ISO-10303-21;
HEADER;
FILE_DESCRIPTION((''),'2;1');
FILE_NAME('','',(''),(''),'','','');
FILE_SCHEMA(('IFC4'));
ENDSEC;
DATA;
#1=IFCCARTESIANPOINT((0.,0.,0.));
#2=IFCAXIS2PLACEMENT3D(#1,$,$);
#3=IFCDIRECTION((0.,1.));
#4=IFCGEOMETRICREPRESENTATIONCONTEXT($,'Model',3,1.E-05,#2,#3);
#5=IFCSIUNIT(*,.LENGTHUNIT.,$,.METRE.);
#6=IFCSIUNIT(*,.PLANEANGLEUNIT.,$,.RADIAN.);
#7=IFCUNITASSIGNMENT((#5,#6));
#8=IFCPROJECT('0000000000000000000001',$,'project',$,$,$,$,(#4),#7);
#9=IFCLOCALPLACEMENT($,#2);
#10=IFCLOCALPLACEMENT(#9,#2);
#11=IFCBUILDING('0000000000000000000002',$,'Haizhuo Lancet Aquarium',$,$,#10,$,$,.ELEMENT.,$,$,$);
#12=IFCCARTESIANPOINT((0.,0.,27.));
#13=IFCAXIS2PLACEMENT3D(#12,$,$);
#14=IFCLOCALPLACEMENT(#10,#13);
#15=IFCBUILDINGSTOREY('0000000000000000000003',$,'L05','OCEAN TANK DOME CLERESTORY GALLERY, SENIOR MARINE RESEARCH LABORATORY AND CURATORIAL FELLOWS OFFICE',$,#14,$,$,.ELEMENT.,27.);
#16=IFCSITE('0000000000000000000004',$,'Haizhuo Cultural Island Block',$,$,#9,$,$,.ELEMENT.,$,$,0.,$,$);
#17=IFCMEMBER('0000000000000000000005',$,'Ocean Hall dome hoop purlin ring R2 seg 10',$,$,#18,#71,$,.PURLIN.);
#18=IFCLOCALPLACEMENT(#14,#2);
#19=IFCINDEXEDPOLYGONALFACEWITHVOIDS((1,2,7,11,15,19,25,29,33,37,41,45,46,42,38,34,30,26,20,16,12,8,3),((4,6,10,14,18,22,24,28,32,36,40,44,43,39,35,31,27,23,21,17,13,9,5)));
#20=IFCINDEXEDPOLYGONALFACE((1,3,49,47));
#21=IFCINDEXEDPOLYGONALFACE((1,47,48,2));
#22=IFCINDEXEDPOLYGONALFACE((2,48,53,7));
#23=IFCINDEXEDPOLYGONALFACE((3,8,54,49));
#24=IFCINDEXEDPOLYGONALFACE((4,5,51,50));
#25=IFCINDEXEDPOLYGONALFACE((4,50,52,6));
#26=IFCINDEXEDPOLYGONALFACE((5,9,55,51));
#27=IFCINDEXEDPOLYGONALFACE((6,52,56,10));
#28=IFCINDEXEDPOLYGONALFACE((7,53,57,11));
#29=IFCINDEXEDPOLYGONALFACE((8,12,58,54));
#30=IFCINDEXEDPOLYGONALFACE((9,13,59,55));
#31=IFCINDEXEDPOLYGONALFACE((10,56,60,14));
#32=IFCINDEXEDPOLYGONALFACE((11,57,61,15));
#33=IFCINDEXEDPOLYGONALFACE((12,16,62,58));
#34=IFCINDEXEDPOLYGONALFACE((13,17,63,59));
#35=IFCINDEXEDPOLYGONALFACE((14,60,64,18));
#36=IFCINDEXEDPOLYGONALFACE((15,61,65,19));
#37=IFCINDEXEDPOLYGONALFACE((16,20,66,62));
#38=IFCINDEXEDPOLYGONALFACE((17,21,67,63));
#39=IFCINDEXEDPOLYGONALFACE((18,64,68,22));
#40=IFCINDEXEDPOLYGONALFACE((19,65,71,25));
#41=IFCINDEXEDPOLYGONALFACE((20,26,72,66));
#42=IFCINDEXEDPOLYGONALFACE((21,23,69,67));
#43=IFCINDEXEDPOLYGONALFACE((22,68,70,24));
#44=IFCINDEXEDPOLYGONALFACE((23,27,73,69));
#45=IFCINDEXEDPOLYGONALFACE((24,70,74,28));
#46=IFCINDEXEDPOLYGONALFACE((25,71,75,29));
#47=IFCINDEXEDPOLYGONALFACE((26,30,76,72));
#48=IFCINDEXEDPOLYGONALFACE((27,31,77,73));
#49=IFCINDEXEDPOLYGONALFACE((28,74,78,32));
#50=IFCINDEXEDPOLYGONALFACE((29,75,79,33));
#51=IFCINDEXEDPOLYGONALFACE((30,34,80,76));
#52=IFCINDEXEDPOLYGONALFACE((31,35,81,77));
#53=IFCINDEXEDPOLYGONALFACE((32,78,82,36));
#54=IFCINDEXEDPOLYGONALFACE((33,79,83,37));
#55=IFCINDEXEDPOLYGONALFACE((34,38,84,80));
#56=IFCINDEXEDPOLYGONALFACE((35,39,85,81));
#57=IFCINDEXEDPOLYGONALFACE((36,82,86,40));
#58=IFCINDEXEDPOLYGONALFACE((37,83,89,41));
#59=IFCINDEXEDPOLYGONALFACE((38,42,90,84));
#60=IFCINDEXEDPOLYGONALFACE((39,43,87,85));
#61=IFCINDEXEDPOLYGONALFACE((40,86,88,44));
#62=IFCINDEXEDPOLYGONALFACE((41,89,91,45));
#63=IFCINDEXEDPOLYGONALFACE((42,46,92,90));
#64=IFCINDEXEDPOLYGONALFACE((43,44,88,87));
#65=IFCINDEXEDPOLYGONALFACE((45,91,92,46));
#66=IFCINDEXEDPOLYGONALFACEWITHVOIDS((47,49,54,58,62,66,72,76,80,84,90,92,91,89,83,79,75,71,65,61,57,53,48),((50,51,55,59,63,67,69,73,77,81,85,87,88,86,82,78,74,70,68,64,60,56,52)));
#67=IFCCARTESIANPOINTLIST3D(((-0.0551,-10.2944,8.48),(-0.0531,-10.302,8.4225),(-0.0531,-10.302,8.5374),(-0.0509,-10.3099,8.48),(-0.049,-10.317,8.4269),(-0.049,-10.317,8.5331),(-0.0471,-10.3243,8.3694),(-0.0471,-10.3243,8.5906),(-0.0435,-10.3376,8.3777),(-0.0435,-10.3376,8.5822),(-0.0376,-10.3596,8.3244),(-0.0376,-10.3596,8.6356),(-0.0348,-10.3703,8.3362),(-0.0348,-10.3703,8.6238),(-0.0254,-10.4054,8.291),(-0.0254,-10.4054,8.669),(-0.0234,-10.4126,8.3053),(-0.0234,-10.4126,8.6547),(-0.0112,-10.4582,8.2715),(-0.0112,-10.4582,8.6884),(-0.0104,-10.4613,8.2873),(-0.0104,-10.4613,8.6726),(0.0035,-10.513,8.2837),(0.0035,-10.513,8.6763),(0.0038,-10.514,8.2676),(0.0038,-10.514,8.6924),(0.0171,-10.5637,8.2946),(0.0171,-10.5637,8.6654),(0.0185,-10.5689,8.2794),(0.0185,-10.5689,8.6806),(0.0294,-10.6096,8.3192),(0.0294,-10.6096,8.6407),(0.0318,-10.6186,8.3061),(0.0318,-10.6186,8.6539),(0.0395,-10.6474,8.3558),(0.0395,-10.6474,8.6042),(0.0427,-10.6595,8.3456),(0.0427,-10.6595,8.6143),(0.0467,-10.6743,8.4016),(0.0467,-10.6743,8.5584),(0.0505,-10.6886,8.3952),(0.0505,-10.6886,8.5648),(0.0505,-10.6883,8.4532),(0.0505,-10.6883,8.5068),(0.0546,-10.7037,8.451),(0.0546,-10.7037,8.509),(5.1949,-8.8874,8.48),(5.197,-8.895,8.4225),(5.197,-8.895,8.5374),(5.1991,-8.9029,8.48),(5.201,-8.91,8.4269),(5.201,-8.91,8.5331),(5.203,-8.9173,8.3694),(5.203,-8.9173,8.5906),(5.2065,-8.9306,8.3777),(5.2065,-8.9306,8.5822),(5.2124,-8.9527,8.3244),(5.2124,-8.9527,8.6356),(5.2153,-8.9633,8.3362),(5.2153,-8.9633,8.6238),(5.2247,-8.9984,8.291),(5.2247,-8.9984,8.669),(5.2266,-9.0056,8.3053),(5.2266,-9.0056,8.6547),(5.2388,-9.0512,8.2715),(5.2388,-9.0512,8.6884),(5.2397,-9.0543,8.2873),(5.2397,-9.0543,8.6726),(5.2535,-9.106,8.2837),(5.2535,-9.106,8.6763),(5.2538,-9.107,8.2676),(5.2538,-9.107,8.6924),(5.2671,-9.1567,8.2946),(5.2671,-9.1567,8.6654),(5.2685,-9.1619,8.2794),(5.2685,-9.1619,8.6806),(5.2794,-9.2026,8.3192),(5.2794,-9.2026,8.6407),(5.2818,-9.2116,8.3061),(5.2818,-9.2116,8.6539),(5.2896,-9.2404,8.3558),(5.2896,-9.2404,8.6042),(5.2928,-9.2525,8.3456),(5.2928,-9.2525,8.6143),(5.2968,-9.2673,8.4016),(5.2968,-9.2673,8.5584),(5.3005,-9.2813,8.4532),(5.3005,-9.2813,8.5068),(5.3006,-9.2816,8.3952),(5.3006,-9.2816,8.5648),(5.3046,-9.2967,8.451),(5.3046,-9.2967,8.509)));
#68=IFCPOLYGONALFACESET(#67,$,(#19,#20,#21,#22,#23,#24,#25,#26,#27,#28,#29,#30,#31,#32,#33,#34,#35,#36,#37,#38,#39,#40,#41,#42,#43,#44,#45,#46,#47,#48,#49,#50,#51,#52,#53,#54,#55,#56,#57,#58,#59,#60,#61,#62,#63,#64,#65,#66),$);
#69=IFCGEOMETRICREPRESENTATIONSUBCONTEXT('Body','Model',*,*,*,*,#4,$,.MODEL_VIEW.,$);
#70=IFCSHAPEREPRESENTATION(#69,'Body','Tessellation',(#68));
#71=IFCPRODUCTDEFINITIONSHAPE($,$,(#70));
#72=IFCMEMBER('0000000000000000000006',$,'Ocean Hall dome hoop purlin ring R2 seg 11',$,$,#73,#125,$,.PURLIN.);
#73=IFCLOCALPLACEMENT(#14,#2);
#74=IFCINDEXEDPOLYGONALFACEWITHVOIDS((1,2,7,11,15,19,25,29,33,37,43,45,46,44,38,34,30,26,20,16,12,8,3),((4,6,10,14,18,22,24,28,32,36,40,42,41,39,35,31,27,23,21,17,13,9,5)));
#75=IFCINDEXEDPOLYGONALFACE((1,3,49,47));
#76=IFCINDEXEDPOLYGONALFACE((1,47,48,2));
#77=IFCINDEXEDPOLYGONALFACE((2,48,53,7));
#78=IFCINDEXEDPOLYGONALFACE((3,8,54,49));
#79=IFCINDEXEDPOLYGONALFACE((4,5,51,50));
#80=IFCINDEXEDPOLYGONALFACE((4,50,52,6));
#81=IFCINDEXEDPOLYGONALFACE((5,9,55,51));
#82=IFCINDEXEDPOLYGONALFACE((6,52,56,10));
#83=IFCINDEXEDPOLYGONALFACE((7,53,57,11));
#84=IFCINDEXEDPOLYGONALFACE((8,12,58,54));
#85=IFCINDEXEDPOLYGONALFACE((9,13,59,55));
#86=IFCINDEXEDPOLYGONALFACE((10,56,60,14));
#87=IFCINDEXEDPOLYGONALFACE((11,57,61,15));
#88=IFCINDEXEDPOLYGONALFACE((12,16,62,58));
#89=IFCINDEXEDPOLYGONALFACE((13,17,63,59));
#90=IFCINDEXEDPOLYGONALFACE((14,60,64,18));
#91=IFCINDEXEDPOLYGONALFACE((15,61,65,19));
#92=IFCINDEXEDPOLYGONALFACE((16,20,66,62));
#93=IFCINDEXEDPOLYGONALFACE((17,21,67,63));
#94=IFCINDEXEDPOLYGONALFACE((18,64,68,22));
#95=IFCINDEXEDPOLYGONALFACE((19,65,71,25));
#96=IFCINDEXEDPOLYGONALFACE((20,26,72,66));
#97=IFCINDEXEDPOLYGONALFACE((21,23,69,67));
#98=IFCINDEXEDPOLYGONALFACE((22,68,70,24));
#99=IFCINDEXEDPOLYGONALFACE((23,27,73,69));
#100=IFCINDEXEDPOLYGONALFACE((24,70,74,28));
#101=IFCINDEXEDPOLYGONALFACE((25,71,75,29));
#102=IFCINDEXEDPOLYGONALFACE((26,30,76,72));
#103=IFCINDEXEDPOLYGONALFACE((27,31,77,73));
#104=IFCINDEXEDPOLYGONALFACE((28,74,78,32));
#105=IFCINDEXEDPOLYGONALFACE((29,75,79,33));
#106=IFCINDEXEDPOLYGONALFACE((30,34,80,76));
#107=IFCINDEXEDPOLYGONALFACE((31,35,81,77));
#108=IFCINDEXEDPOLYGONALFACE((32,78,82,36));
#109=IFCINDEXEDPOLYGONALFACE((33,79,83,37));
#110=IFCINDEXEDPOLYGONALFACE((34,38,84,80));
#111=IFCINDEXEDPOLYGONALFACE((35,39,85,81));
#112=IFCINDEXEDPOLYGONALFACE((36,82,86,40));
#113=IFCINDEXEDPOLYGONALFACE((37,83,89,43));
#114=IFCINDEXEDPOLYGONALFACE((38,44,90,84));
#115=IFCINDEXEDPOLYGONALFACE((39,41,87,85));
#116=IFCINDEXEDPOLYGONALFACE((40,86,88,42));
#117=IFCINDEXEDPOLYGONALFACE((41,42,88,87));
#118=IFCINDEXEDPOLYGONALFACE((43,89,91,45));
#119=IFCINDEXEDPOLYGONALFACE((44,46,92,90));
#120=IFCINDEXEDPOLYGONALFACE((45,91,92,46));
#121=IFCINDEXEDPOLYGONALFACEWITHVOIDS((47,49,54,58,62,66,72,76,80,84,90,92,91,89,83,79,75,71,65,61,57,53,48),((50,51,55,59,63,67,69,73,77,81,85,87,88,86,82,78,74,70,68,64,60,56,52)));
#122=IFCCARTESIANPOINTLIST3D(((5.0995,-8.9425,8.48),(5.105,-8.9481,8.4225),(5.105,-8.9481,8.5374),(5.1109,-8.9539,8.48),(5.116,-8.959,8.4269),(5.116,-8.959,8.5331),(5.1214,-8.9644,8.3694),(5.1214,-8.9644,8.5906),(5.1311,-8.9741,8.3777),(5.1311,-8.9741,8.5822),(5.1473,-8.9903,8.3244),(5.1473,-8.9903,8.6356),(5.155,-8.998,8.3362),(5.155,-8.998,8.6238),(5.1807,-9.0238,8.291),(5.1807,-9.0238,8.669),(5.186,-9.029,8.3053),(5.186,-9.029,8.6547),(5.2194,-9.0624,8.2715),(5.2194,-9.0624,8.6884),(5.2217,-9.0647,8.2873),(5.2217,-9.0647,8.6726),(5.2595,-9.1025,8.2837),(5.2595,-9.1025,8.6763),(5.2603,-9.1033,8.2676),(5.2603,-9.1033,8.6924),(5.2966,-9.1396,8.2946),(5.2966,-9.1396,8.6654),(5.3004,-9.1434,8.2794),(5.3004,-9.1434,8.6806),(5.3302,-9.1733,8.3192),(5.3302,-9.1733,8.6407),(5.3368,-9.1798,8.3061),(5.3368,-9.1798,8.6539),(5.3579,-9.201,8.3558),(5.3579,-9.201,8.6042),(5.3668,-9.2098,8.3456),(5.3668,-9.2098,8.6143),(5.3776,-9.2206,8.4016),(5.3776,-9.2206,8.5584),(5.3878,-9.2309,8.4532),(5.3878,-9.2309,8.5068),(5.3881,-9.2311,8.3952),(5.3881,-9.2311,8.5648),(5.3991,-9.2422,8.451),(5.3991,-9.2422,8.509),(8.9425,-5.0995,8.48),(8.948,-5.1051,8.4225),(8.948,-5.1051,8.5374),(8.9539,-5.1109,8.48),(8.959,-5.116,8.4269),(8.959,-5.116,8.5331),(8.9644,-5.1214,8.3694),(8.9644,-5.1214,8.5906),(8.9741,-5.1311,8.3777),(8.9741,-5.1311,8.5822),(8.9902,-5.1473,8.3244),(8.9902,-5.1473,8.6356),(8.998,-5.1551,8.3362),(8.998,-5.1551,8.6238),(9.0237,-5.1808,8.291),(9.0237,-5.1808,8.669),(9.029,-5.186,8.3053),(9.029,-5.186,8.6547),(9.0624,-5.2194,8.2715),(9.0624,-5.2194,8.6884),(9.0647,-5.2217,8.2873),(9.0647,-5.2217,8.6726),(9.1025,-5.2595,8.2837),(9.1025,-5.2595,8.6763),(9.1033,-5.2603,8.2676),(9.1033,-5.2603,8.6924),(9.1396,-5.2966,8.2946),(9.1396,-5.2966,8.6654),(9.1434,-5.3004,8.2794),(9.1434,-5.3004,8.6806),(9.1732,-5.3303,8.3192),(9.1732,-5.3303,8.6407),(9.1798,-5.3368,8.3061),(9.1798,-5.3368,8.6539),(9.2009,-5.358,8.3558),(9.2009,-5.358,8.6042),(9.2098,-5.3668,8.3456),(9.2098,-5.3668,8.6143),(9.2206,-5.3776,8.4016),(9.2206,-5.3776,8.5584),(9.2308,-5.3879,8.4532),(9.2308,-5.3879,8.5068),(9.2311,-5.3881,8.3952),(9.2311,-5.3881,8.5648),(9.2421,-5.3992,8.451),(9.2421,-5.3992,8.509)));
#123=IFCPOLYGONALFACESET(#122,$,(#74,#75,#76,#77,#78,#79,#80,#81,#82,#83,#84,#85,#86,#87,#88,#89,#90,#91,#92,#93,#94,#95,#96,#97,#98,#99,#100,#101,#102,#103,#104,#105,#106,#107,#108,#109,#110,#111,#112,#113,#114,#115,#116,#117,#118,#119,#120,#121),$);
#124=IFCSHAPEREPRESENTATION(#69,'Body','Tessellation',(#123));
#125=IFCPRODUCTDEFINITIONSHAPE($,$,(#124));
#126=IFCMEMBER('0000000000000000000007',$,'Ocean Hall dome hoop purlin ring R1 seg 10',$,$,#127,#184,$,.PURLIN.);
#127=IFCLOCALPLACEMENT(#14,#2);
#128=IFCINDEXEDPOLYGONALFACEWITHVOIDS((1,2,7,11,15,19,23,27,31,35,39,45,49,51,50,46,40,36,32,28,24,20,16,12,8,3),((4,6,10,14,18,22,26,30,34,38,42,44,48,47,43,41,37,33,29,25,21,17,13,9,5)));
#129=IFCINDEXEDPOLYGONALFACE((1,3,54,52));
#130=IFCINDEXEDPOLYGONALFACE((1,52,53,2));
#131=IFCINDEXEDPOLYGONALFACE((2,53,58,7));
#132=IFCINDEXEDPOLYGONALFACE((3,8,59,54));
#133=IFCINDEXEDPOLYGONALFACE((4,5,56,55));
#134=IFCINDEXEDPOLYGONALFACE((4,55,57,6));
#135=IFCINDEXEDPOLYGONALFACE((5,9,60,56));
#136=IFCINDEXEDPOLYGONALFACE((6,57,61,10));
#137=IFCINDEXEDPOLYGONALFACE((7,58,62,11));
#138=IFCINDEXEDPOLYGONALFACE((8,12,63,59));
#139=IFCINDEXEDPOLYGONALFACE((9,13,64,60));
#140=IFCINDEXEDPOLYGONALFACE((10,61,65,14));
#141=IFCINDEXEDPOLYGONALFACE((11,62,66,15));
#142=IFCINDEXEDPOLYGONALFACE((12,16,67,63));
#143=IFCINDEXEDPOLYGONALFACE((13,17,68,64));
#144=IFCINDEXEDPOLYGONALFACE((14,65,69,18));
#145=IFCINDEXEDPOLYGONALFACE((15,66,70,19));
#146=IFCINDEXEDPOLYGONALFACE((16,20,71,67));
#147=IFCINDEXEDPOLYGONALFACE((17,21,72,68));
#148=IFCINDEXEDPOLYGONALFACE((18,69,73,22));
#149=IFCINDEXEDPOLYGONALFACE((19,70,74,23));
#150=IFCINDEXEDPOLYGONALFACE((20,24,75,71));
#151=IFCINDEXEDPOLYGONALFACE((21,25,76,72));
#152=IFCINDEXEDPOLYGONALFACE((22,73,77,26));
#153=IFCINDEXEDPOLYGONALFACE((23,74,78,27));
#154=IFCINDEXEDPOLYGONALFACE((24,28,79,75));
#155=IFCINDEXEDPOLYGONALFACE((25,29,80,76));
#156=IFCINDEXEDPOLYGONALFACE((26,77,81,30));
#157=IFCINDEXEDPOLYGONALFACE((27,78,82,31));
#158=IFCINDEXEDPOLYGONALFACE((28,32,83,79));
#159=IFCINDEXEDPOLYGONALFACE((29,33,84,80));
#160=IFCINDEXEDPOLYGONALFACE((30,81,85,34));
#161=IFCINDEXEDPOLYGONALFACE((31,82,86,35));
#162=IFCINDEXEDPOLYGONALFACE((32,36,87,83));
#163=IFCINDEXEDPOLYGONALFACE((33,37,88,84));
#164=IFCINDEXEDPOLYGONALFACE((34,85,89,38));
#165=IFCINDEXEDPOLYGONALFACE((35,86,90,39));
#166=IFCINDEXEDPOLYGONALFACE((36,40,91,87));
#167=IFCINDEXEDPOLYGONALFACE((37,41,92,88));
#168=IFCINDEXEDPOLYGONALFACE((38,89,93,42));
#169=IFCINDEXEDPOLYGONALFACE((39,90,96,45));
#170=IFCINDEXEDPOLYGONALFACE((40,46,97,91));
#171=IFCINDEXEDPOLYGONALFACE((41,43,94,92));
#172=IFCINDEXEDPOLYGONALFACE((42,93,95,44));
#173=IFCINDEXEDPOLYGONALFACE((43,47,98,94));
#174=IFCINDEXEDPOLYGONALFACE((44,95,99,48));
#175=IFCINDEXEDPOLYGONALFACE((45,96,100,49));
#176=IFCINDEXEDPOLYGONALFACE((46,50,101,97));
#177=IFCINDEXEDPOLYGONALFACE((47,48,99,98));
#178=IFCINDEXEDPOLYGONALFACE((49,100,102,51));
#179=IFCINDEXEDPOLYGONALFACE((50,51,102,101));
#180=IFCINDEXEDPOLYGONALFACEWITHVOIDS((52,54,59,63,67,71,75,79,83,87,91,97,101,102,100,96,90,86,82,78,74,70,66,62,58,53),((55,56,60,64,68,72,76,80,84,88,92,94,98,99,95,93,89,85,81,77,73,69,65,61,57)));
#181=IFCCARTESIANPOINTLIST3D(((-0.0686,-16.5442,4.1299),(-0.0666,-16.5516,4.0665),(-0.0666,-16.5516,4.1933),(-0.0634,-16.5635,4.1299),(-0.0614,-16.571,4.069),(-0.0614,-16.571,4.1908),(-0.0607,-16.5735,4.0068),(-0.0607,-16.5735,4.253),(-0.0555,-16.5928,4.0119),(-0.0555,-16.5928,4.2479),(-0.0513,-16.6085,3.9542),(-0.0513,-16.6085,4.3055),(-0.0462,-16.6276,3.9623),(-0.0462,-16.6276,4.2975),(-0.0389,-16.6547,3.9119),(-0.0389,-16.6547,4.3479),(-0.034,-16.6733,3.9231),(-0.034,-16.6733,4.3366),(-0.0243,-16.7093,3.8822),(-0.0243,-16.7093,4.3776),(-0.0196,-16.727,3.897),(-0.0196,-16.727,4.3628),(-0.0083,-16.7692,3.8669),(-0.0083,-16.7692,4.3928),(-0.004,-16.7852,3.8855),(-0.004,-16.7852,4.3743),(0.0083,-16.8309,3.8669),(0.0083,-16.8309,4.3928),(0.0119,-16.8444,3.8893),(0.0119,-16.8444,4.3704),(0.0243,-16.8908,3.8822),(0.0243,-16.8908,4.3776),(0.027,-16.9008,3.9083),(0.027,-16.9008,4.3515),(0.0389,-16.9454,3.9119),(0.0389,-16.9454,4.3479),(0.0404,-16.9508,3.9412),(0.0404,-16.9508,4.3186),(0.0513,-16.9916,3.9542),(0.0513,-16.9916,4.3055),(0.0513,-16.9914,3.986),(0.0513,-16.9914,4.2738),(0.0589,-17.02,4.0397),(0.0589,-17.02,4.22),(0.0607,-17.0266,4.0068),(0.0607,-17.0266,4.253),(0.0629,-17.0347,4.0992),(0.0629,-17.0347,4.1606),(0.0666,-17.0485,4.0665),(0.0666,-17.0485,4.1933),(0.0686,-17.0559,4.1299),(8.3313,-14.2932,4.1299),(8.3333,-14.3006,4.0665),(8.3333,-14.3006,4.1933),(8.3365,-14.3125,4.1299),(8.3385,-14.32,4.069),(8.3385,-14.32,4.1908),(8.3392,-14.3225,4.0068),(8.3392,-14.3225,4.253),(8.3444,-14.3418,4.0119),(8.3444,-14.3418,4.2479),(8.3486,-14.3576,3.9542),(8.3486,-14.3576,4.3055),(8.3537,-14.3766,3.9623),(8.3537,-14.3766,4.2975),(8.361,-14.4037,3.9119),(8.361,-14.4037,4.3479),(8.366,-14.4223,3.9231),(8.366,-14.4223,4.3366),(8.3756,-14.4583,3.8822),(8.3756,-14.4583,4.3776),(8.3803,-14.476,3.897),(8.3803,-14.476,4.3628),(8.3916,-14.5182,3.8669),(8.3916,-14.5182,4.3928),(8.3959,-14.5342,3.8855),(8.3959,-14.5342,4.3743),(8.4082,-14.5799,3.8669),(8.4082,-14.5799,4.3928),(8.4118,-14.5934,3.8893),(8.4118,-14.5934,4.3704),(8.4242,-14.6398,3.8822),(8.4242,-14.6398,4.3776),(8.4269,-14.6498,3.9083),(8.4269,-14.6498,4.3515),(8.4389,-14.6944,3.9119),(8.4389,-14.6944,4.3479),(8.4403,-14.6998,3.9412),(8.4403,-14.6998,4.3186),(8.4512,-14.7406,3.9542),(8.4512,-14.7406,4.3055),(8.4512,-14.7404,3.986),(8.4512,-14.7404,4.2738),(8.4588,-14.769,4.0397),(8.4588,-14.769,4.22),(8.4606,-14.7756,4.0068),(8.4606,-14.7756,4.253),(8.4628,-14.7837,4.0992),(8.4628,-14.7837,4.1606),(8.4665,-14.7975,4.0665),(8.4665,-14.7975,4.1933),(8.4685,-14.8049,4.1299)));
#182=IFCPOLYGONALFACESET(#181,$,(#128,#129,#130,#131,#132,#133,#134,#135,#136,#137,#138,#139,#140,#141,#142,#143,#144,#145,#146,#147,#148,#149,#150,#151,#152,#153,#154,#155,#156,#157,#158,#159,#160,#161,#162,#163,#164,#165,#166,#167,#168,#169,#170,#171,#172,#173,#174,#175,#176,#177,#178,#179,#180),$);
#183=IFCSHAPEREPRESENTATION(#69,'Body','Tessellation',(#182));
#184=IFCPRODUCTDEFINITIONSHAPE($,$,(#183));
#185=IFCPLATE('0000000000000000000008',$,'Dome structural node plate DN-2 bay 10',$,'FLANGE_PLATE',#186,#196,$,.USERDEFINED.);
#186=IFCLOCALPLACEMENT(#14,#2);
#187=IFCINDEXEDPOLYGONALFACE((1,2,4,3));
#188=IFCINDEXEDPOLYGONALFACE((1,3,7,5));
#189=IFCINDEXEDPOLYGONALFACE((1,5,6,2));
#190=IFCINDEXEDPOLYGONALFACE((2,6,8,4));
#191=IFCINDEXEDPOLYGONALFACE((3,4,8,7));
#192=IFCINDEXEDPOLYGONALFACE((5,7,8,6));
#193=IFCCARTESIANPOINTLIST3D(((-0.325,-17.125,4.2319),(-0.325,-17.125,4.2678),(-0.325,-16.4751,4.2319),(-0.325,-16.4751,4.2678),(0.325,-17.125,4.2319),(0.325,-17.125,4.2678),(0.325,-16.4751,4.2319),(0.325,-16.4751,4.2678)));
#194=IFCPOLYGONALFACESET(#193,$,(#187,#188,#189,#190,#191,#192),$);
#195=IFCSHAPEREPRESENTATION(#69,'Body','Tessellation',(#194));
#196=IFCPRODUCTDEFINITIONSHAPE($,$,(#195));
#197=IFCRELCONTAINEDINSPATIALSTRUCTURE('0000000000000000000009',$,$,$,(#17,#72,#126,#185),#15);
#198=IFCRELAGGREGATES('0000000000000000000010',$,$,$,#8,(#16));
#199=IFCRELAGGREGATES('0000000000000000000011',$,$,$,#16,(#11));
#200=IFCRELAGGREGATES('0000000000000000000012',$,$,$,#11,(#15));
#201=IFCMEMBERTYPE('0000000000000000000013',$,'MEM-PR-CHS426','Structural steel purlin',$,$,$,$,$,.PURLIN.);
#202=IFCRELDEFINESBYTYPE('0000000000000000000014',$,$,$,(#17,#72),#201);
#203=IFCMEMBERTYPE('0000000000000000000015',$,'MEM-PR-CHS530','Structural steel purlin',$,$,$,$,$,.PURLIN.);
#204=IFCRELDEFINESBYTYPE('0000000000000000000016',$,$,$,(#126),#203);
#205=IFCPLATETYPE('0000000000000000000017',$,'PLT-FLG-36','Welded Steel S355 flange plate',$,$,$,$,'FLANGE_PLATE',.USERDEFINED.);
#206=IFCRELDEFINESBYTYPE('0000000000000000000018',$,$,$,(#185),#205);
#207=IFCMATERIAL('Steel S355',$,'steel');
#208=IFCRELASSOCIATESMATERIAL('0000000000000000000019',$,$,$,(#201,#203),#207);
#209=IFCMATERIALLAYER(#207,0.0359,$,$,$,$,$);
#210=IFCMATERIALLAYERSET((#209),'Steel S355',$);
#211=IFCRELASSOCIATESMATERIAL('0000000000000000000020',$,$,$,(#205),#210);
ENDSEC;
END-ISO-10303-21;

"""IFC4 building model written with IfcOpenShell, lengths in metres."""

from ifc_helpers import new_model, si_unit, direction, frame, origin, origin_2d, place, context, subcontext, project, spatial, rectangle, hollow_circle, extrude, material, layer, layer_set, material_profile, profile_set, type_object, element, save


model = new_model("IFC4")

# Units and contexts
model_context = context("Model", 3, precision=1e-05, world=origin(), true_north=direction((0.0, 1.0)))
body_context = subcontext(model_context, "Body", "Model", "MODEL_VIEW")
ifc_project = project(units=[si_unit("LENGTHUNIT", "METRE"), si_unit("PLANEANGLEUNIT", "RADIAN")], contexts=[model_context])

# Site, building, storey
site_placement = place(None, origin())
site = spatial("IfcSite", under=ifc_project, at=site_placement, Name="Haizhuo Cultural Island Block", CompositionType="ELEMENT", RefElevation=0.0)
building_placement = place(site_placement, origin())
building = spatial("IfcBuilding", under=site, at=building_placement, Name="Haizhuo Lancet Aquarium", CompositionType="ELEMENT")
storey_placement = place(building_placement, frame((0.0, 0.0, 27.0)))
storey = spatial("IfcBuildingStorey", under=building, at=storey_placement, Name="L05", Description="OCEAN TANK DOME CLERESTORY GALLERY, SENIOR MARINE RESEARCH LABORATORY AND CURATORIAL FELLOWS OFFICE", CompositionType="ELEMENT", Elevation=27.0)

# Members
ifc_material_1 = material(Name="Steel S355", Category="steel")
ifc_material_profile_1 = material_profile(ifc_material_1, hollow_circle(Radius=0.2129, WallThickness=0.0161, at=origin_2d()), Name="CHS 426x16")
ifc_profile_set_1 = profile_set([ifc_material_profile_1], Name="Steel S355")
member_type_1 = type_object("IfcMemberType", Name="MEM-PR-CHS426", Description="Structural steel purlin", PredefinedType="PURLIN", material=ifc_profile_set_1)
member_1_placement = place(storey_placement, frame((0.0, -10.5, 8.48), z_axis=(0.965914, 0.258862, 0.0), x_axis=(-0.258862, 0.965914, 0.0)))
element("IfcMember", 1, at=member_1_placement, inside=storey, type_object=member_type_1, Name="Ocean Hall dome hoop purlin ring R2 seg 10", PredefinedType="PURLIN", context=body_context, shape_type="SweptSolid", body=[
    extrude(hollow_circle(Radius=0.2129, WallThickness=0.0161, at=origin_2d()), origin(), (0.0, 0.0, 1.0), 5.4353),
])
member_2_placement = place(storey_placement, frame((5.25, -9.093, 8.48), z_axis=(0.707107, 0.707107, 0.0), x_axis=(-0.707107, 0.707107, 0.0)))
element("IfcMember", 2, at=member_2_placement, inside=storey, type_object=member_type_1, Name="Ocean Hall dome hoop purlin ring R2 seg 11", PredefinedType="PURLIN", context=body_context, shape_type="SweptSolid", body=[
    extrude(hollow_circle(Radius=0.2129, WallThickness=0.0161, at=origin_2d()), origin(), (0.0, 0.0, 1.0), 5.4348),
])
ifc_material_profile_2 = material_profile(ifc_material_1, hollow_circle(Radius=0.2649, WallThickness=0.02, at=origin_2d()), Name="CHS 530x20")
ifc_profile_set_2 = profile_set([ifc_material_profile_2], Name="Steel S355")
member_type_2 = type_object("IfcMemberType", Name="MEM-PR-CHS530", Description="Structural steel purlin", PredefinedType="PURLIN", material=ifc_profile_set_2)
member_3_placement = place(storey_placement, frame((0.0, -16.8, 4.1299), z_axis=(0.965919, 0.258844, 0.0), x_axis=(-0.258844, 0.965919, 0.0)))
element("IfcMember", 3, at=member_3_placement, inside=storey, type_object=member_type_2, Name="Ocean Hall dome hoop purlin ring R1 seg 10", PredefinedType="PURLIN", context=body_context, shape_type="SweptSolid", body=[
    extrude(hollow_circle(Radius=0.2649, WallThickness=0.02, at=origin_2d()), origin(), (0.0, 0.0, 1.0), 8.6963),
])

# Plate
ifc_layer_1 = layer(ifc_material_1, 0.0359)
ifc_layer_set_1 = layer_set([ifc_layer_1], Name="Steel S355")
plate_type_1 = type_object("IfcPlateType", Name="PLT-FLG-36", Description="Welded Steel S355 flange plate", ElementType="FLANGE_PLATE", PredefinedType="USERDEFINED", material=ifc_layer_set_1)
plate_1_placement = place(storey_placement, frame((0.0, -16.8, 4.2319), z_axis=(0.0, 0.0, 1.0), x_axis=(1.0, 0.0, 0.0)))
element("IfcPlate", 4, at=plate_1_placement, inside=storey, type_object=plate_type_1, Name="Dome structural node plate DN-2 bay 10", ObjectType="FLANGE_PLATE", PredefinedType="USERDEFINED", context=body_context, shape_type="SweptSolid", body=[
    extrude(rectangle(XDim=0.6499, YDim=0.6499, at=origin_2d()), origin(), (0.0, 0.0, 1.0), 0.0359),
])

save(model, "model.ifc")
